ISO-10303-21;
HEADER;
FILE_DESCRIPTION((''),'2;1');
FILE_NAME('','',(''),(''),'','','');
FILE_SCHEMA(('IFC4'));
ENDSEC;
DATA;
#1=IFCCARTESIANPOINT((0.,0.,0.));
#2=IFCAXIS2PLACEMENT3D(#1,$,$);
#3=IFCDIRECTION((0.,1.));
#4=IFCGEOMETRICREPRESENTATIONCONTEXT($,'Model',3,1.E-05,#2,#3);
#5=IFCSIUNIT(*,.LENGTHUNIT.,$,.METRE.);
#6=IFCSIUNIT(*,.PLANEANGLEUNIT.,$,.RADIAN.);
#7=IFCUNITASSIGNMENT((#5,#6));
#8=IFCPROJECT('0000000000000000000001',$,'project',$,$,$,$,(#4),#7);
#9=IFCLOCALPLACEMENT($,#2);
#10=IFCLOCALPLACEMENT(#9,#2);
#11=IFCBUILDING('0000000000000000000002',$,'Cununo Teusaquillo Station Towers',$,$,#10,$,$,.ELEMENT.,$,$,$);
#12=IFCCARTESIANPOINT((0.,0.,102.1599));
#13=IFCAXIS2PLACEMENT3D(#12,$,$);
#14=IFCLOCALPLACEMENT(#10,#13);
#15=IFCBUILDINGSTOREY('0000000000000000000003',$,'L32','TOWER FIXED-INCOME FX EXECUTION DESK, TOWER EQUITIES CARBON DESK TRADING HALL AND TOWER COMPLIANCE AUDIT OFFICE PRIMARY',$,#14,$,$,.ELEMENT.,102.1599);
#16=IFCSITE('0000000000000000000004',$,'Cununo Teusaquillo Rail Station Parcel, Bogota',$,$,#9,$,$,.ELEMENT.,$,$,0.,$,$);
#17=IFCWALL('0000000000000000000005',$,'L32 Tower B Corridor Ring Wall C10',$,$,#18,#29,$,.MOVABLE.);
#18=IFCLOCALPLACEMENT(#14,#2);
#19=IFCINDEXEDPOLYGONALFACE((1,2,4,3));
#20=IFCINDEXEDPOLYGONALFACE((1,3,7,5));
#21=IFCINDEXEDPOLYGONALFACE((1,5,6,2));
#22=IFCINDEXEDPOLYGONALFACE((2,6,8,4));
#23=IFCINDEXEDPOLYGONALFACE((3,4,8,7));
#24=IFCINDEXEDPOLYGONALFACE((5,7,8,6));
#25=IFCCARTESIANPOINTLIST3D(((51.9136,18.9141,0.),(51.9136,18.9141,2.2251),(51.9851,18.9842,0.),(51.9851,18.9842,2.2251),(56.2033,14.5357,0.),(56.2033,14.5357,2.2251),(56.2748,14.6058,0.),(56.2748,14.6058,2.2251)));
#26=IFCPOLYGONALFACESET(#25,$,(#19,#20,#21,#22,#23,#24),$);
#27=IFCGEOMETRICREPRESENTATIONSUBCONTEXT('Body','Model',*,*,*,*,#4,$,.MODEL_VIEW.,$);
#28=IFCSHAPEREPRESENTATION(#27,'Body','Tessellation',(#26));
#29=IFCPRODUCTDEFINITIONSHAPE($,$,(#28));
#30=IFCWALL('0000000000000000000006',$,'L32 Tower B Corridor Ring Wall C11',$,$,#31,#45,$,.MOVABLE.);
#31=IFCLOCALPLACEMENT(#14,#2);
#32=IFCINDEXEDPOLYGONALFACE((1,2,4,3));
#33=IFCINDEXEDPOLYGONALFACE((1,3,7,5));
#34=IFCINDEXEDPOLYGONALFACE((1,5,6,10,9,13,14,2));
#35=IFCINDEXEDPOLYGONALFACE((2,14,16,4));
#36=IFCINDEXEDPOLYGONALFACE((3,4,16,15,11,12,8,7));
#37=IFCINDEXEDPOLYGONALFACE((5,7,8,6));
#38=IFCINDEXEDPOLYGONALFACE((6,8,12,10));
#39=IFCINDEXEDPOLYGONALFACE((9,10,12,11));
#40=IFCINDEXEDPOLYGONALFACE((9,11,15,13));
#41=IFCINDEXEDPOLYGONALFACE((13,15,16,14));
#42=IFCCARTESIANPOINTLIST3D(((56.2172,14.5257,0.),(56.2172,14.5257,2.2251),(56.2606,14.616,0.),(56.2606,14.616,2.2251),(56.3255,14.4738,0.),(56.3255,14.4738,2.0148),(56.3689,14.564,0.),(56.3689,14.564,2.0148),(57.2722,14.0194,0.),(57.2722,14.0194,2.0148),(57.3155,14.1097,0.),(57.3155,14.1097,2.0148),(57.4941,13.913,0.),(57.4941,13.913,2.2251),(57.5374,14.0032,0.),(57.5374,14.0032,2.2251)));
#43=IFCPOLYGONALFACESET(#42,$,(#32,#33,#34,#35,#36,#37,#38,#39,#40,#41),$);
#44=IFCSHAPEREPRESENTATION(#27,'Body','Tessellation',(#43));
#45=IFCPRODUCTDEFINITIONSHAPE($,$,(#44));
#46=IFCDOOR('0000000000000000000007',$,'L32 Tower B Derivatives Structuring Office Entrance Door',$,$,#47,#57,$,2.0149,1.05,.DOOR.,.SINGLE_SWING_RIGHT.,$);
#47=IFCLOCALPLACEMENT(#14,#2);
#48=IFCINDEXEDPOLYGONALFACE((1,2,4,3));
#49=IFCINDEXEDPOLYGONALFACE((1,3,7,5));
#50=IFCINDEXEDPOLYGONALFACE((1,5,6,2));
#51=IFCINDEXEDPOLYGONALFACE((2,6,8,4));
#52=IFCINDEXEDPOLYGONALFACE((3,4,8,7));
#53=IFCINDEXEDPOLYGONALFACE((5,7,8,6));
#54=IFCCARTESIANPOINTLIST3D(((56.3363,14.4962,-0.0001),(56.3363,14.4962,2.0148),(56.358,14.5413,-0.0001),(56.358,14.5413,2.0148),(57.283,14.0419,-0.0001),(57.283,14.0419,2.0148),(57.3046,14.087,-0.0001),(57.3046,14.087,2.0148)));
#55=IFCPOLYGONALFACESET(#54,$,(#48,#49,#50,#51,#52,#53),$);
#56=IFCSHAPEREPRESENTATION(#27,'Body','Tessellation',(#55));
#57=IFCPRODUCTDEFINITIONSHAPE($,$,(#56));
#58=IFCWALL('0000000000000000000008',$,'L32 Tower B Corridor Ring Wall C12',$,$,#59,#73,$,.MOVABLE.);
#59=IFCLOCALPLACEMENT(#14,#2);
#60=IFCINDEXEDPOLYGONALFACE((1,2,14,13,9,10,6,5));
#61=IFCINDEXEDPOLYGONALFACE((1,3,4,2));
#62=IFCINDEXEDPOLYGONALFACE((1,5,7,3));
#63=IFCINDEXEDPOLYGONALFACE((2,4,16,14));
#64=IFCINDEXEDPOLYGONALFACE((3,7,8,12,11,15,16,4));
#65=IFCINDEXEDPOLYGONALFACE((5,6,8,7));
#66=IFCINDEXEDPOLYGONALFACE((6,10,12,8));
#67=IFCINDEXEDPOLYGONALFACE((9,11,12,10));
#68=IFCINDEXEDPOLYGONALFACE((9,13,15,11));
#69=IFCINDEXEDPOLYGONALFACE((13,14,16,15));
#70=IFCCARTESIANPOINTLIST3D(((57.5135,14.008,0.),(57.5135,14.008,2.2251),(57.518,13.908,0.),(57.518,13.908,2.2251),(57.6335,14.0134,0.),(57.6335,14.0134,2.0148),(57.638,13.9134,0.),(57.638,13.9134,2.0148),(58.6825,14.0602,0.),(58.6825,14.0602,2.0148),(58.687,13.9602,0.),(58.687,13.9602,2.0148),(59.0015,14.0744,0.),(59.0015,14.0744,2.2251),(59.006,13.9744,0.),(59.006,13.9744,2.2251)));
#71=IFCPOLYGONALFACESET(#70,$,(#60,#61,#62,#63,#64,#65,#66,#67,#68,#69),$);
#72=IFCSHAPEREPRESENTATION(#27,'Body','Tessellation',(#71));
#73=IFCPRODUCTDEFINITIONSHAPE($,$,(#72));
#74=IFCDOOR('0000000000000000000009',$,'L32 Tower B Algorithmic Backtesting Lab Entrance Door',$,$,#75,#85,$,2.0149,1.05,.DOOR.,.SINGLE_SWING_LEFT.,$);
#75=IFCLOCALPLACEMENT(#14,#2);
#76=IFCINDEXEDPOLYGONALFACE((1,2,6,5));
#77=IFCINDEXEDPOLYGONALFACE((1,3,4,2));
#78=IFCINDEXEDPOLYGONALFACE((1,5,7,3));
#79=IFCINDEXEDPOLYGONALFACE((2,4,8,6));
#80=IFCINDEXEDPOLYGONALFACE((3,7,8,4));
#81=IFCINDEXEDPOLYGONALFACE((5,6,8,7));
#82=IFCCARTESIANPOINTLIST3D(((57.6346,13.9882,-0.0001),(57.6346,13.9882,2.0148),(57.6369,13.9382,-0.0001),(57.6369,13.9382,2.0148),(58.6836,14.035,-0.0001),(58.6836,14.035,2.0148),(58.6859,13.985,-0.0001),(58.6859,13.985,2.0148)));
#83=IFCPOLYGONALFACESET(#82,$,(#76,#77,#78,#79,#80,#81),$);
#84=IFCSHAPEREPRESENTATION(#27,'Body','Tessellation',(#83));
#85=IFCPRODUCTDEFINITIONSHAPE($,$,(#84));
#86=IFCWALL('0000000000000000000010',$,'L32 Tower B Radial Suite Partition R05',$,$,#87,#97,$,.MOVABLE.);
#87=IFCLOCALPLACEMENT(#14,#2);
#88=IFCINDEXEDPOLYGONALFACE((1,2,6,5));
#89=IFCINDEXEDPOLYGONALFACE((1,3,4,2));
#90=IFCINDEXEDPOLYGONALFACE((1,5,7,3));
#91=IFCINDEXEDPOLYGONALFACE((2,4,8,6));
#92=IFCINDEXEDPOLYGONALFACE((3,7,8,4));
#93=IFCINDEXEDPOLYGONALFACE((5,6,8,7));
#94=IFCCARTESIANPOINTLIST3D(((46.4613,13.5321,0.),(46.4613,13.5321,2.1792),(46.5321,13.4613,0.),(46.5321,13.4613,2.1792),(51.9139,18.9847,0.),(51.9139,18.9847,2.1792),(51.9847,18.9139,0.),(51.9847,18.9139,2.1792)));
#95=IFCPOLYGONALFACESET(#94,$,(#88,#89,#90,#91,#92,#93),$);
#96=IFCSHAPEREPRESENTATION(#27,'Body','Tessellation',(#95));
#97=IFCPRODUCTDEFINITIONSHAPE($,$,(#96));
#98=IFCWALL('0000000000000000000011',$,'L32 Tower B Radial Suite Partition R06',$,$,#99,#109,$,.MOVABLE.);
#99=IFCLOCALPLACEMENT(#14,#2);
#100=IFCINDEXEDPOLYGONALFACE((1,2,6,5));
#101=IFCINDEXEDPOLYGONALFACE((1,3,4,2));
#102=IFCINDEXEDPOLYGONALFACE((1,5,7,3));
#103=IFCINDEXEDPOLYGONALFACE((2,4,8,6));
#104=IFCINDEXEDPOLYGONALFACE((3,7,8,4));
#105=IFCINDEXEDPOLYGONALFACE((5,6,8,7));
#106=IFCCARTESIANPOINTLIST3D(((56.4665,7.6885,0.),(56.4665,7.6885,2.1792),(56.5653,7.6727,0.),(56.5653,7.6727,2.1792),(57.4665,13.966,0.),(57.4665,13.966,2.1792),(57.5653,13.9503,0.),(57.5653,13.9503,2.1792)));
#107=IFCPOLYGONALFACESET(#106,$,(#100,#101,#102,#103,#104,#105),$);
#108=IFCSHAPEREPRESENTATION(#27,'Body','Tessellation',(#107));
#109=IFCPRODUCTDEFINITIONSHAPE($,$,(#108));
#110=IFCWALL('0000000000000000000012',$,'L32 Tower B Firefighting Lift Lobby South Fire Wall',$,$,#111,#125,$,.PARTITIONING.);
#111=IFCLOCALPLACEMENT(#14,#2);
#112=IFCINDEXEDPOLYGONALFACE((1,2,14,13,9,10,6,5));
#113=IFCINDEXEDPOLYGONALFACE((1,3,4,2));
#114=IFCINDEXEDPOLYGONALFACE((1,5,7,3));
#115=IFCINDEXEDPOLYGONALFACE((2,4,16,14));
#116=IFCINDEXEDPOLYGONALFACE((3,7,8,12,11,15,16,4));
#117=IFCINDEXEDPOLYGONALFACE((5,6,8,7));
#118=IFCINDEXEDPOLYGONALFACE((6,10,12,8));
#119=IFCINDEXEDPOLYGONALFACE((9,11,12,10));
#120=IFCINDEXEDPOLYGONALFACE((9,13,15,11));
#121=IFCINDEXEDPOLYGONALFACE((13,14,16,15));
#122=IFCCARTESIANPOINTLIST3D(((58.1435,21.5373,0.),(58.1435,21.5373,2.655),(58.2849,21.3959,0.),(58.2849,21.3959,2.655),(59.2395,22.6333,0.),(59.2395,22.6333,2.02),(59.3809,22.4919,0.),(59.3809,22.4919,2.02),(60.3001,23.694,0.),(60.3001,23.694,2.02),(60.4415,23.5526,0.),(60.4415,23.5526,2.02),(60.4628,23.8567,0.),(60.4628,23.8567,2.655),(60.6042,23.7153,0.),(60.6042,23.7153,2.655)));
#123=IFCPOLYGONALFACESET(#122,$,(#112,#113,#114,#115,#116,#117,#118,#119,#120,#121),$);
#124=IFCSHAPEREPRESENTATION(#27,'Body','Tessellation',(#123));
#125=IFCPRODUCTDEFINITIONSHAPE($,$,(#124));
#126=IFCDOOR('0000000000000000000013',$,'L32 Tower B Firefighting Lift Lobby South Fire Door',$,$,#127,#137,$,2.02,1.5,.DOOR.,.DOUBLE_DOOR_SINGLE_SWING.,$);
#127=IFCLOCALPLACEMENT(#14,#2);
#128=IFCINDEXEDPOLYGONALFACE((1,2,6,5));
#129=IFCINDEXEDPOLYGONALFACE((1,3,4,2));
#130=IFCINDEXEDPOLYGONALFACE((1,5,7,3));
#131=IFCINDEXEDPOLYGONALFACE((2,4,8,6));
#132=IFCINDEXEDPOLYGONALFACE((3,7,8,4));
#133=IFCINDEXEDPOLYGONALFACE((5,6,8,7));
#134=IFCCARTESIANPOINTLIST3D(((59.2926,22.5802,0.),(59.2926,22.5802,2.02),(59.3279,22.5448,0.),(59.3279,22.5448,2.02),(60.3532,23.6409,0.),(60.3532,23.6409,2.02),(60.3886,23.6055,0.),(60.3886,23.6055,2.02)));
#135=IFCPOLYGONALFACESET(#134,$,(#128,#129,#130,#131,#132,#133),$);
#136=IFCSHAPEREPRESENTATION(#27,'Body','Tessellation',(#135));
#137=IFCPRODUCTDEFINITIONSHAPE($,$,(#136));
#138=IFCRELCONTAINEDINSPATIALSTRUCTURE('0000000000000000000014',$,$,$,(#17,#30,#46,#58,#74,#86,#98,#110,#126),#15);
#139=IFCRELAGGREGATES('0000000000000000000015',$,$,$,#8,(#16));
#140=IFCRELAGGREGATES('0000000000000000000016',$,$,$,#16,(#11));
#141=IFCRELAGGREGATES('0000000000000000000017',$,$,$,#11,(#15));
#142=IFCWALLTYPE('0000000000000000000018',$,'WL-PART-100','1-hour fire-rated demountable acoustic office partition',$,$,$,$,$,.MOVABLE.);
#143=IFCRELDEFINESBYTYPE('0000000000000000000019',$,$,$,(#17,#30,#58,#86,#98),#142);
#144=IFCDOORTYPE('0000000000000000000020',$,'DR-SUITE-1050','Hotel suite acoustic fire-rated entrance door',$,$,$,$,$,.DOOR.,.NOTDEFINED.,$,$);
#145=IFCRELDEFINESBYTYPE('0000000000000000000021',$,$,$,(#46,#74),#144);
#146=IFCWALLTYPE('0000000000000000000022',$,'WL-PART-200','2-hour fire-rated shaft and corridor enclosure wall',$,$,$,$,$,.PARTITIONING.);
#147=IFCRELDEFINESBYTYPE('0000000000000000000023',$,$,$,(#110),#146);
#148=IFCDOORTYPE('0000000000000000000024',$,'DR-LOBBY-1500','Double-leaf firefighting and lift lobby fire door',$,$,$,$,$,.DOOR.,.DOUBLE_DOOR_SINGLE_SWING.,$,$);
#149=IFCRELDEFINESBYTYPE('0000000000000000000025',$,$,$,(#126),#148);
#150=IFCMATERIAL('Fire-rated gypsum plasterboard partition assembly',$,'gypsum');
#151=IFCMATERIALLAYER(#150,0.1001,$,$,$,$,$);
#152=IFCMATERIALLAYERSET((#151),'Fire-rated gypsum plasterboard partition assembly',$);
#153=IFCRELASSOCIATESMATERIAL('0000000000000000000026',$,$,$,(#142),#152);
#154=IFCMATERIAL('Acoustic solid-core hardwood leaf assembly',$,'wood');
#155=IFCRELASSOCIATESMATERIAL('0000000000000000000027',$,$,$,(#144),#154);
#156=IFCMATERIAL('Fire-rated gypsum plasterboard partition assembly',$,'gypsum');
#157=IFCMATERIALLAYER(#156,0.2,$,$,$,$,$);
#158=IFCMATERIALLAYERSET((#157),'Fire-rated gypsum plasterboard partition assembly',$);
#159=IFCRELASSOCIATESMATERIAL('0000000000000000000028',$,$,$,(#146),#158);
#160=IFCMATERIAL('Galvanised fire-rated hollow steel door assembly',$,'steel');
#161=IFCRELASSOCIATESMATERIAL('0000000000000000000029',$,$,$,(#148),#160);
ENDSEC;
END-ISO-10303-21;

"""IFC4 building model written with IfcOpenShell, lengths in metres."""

from ifc_helpers import new_model, si_unit, direction, frame, frame_2d, origin, place, context, subcontext, project, spatial, rectangle, extrude, source, transform, mapped, material, layer, layer_set, type_object, element, fill, save


model = new_model("IFC4")

# Units and contexts
model_context = context("Model", 3, precision=1e-05, world=origin(), true_north=direction((0.0, 1.0)))
body_context = subcontext(model_context, "Body", "Model", "MODEL_VIEW")
ifc_project = project(units=[si_unit("LENGTHUNIT", "METRE"), si_unit("PLANEANGLEUNIT", "RADIAN")], contexts=[model_context])

# Site, building, storey
site_placement = place(None, origin())
site = spatial("IfcSite", under=ifc_project, at=site_placement, Name="Cununo Teusaquillo Rail Station Parcel, Bogota", CompositionType="ELEMENT", RefElevation=0.0)
building_placement = place(site_placement, origin())
building = spatial("IfcBuilding", under=site, at=building_placement, Name="Cununo Teusaquillo Station Towers", CompositionType="ELEMENT")
storey_placement = place(building_placement, frame((0.0, 0.0, 102.1599)))
storey = spatial("IfcBuildingStorey", under=building, at=storey_placement, Name="L32", Description="TOWER FIXED-INCOME FX EXECUTION DESK, TOWER EQUITIES CARBON DESK TRADING HALL AND TOWER COMPLIANCE AUDIT OFFICE PRIMARY", CompositionType="ELEMENT", Elevation=102.1599)

# Wall
ifc_material_1 = material(Name="Fire-rated gypsum plasterboard partition assembly", Category="gypsum")
ifc_layer_1 = layer(ifc_material_1, 0.1001)
ifc_layer_set_1 = layer_set([ifc_layer_1], Name="Fire-rated gypsum plasterboard partition assembly")
wall_type_1 = type_object("IfcWallType", Name="WL-PART-100", Description="1-hour fire-rated demountable acoustic office partition", PredefinedType="MOVABLE", material=ifc_layer_set_1)
wall_1_placement = place(storey_placement, frame((51.9492, 18.9492, 0.0), z_axis=(0.0, 0.0, 1.0), x_axis=(0.699841, -0.714299, 0.0)))
element("IfcWall", 1, at=wall_1_placement, inside=storey, type_object=wall_type_1, Name="L32 Tower B Corridor Ring Wall C10", PredefinedType="MOVABLE", context=body_context, shape_type="SweptSolid", body=[
    extrude(rectangle(XDim=6.1296, YDim=0.1001, at=frame_2d((3.0649, 0.0))), origin(), (0.0, 0.0, 1.0), 2.2251),
])

# Walls, openings, doors
wall_2_placement = place(storey_placement, frame((56.239, 14.5708, 0.0), z_axis=(0.0, 0.0, 1.0), x_axis=(0.90155, -0.432675, 0.0)))
wall_2 = element("IfcWall", 2, at=wall_2_placement, inside=storey, type_object=wall_type_1, Name="L32 Tower B Corridor Ring Wall C11", PredefinedType="MOVABLE", context=body_context, shape_type="SweptSolid", body=[
    extrude(rectangle(XDim=1.4163, YDim=0.1001, at=frame_2d((0.708, 0.0))), origin(), (0.0, 0.0, 1.0), 2.2251),
])
shared_shape_1 = source(origin(), body_context, "Body", "SweptSolid", [
    extrude(rectangle(XDim=1.05, YDim=2.0149, at=frame_2d((0.5249, 1.0073))), frame((0.0, 0.0601, 0.0), z_axis=(0.0, -1.0, 0.0), x_axis=(1.0, 0.0, 0.0)), (0.0, 0.0, 1.0), 0.1201),
])
opening_1_placement = place(wall_2_placement, frame((0.1201, 0.0, 0.0)))
opening_1 = element("IfcOpeningElement", 3, at=opening_1_placement, cuts=wall_2, PredefinedType="OPENING", context=body_context, shape_type="MappedRepresentation", body=[
    mapped(shared_shape_1, transform((0.0, 0.0, 0.0), x_axis=(1.0, 0.0, 0.0), y_axis=(0.0, 1.0, 0.0), z_axis=(0.0, 0.0, 1.0), scale=1.0)),
])
ifc_material_2 = material(Name="Acoustic solid-core hardwood leaf assembly", Category="wood")
door_type_1 = type_object("IfcDoorType", Name="DR-SUITE-1050", Description="Hotel suite acoustic fire-rated entrance door", OperationType="NOTDEFINED", PredefinedType="DOOR", material=ifc_material_2)
shared_shape_2 = source(origin(), body_context, "Body", "SweptSolid", [
    extrude(rectangle(XDim=1.05, YDim=2.0149, at=frame_2d((0.5249, 1.0073))), frame((0.0, 0.0249, 0.0), z_axis=(0.0, -1.0, 0.0), x_axis=(1.0, 0.0, 0.0)), (0.0, 0.0, 1.0), 0.05),
])
door_1_placement = place(opening_1_placement, origin())
door_1 = element("IfcDoor", 4, at=door_1_placement, inside=storey, type_object=door_type_1, Name="L32 Tower B Derivatives Structuring Office Entrance Door", OperationType="SINGLE_SWING_RIGHT", OverallHeight=2.0149, OverallWidth=1.05, PredefinedType="DOOR", context=body_context, shape_type="MappedRepresentation", body=[
    mapped(shared_shape_2, transform((0.0, 0.0, 0.0), x_axis=(1.0, 0.0, 0.0), y_axis=(0.0, 1.0, 0.0), z_axis=(0.0, 0.0, 1.0), scale=1.0)),
])
fill(opening_1, door_1)
wall_3_placement = place(storey_placement, frame((57.5159, 13.958, 0.0), z_axis=(0.0, 0.0, 1.0), x_axis=(0.999006, 0.044582, 0.0)))
wall_3 = element("IfcWall", 5, at=wall_3_placement, inside=storey, type_object=wall_type_1, Name="L32 Tower B Corridor Ring Wall C12", PredefinedType="MOVABLE", context=body_context, shape_type="SweptSolid", body=[
    extrude(rectangle(XDim=1.4895, YDim=0.1001, at=frame_2d((0.7446, 0.0))), origin(), (0.0, 0.0, 1.0), 2.2251),
])
opening_2_placement = place(wall_3_placement, frame((0.1201, 0.0, 0.0)))
opening_2 = element("IfcOpeningElement", 6, at=opening_2_placement, cuts=wall_3, PredefinedType="OPENING", context=body_context, shape_type="MappedRepresentation", body=[
    mapped(shared_shape_1, transform((0.0, 0.0, 0.0), x_axis=(1.0, 0.0, 0.0), y_axis=(0.0, 1.0, 0.0), z_axis=(0.0, 0.0, 1.0), scale=1.0)),
])
door_2_placement = place(opening_2_placement, origin())
door_2 = element("IfcDoor", 7, at=door_2_placement, inside=storey, type_object=door_type_1, Name="L32 Tower B Algorithmic Backtesting Lab Entrance Door", OperationType="SINGLE_SWING_LEFT", OverallHeight=2.0149, OverallWidth=1.05, PredefinedType="DOOR", context=body_context, shape_type="MappedRepresentation", body=[
    mapped(shared_shape_2, transform((0.0, 0.0, 0.0), x_axis=(1.0, 0.0, 0.0), y_axis=(0.0, 1.0, 0.0), z_axis=(0.0, 0.0, 1.0), scale=1.0)),
])
fill(opening_2, door_2)

# Walls
wall_4_placement = place(storey_placement, frame((51.9492, 18.9492, 0.0), z_axis=(0.0, 0.0, 1.0), x_axis=(-0.707107, -0.707107, 0.0)))
element("IfcWall", 8, at=wall_4_placement, inside=storey, type_object=wall_type_1, Name="L32 Tower B Radial Suite Partition R05", PredefinedType="MOVABLE", context=body_context, shape_type="SweptSolid", body=[
    extrude(rectangle(XDim=7.7112, YDim=0.1001, at=frame_2d((3.8555, 0.0))), origin(), (0.0, 0.0, 1.0), 2.1792),
])
wall_5_placement = place(storey_placement, frame((57.5159, 13.958, 0.0), z_axis=(0.0, 0.0, 1.0), x_axis=(-0.157313, -0.987549, 0.0)))
element("IfcWall", 9, at=wall_5_placement, inside=storey, type_object=wall_type_1, Name="L32 Tower B Radial Suite Partition R06", PredefinedType="MOVABLE", context=body_context, shape_type="SweptSolid", body=[
    extrude(rectangle(XDim=6.3567, YDim=0.1001, at=frame_2d((3.1782, 0.0))), origin(), (0.0, 0.0, 1.0), 2.1792),
])

# Wall, opening, door
ifc_material_3 = material(Name="Fire-rated gypsum plasterboard partition assembly", Category="gypsum")
ifc_layer_2 = layer(ifc_material_3, 0.2)
ifc_layer_set_2 = layer_set([ifc_layer_2], Name="Fire-rated gypsum plasterboard partition assembly")
wall_type_2 = type_object("IfcWallType", Name="WL-PART-200", Description="2-hour fire-rated shaft and corridor enclosure wall", PredefinedType="PARTITIONING", material=ifc_layer_set_2)
wall_6_placement = place(storey_placement, frame((58.2141, 21.4666, 0.0), z_axis=(0.0, 0.0, 1.0), x_axis=(0.707107, 0.707107, 0.0)))
wall_6 = element("IfcWall", 10, at=wall_6_placement, inside=storey, type_object=wall_type_2, Name="L32 Tower B Firefighting Lift Lobby South Fire Wall", PredefinedType="PARTITIONING", context=body_context, shape_type="SweptSolid", body=[
    extrude(rectangle(XDim=3.28, YDim=0.2, at=frame_2d((1.6401, 0.0))), origin(), (0.0, 0.0, 1.0), 2.655),
])
shared_shape_3 = source(origin(), body_context, "Body", "SweptSolid", [
    extrude(rectangle(XDim=1.5, YDim=2.02, at=frame_2d((0.75, 1.01))), frame((0.0, 0.1099, 0.0), z_axis=(0.0, -1.0, 0.0), x_axis=(1.0, 0.0, 0.0)), (0.0, 0.0, 1.0), 0.22),
])
opening_3_placement = place(wall_6_placement, frame((1.55, 0.0, 0.0)))
opening_3 = element("IfcOpeningElement", 11, at=opening_3_placement, cuts=wall_6, PredefinedType="OPENING", context=body_context, shape_type="MappedRepresentation", body=[
    mapped(shared_shape_3, transform((0.0, 0.0, 0.0), x_axis=(1.0, 0.0, 0.0), y_axis=(0.0, 1.0, 0.0), z_axis=(0.0, 0.0, 1.0), scale=1.0)),
])
ifc_material_4 = material(Name="Galvanised fire-rated hollow steel door assembly", Category="steel")
door_type_2 = type_object("IfcDoorType", Name="DR-LOBBY-1500", Description="Double-leaf firefighting and lift lobby fire door", OperationType="DOUBLE_DOOR_SINGLE_SWING", PredefinedType="DOOR", material=ifc_material_4)
shared_shape_4 = source(origin(), body_context, "Body", "SweptSolid", [
    extrude(rectangle(XDim=1.5, YDim=2.02, at=frame_2d((0.75, 1.01))), frame((0.0, 0.0249, 0.0), z_axis=(0.0, -1.0, 0.0), x_axis=(1.0, 0.0, 0.0)), (0.0, 0.0, 1.0), 0.05),
])
door_3_placement = place(opening_3_placement, origin())
door_3 = element("IfcDoor", 12, at=door_3_placement, inside=storey, type_object=door_type_2, Name="L32 Tower B Firefighting Lift Lobby South Fire Door", OperationType="DOUBLE_DOOR_SINGLE_SWING", OverallHeight=2.02, OverallWidth=1.5, PredefinedType="DOOR", context=body_context, shape_type="MappedRepresentation", body=[
    mapped(shared_shape_4, transform((0.0, 0.0, 0.0), x_axis=(1.0, 0.0, 0.0), y_axis=(0.0, 1.0, 0.0), z_axis=(0.0, 0.0, 1.0), scale=1.0)),
])
fill(opening_3, door_3)

save(model, "model.ifc")
